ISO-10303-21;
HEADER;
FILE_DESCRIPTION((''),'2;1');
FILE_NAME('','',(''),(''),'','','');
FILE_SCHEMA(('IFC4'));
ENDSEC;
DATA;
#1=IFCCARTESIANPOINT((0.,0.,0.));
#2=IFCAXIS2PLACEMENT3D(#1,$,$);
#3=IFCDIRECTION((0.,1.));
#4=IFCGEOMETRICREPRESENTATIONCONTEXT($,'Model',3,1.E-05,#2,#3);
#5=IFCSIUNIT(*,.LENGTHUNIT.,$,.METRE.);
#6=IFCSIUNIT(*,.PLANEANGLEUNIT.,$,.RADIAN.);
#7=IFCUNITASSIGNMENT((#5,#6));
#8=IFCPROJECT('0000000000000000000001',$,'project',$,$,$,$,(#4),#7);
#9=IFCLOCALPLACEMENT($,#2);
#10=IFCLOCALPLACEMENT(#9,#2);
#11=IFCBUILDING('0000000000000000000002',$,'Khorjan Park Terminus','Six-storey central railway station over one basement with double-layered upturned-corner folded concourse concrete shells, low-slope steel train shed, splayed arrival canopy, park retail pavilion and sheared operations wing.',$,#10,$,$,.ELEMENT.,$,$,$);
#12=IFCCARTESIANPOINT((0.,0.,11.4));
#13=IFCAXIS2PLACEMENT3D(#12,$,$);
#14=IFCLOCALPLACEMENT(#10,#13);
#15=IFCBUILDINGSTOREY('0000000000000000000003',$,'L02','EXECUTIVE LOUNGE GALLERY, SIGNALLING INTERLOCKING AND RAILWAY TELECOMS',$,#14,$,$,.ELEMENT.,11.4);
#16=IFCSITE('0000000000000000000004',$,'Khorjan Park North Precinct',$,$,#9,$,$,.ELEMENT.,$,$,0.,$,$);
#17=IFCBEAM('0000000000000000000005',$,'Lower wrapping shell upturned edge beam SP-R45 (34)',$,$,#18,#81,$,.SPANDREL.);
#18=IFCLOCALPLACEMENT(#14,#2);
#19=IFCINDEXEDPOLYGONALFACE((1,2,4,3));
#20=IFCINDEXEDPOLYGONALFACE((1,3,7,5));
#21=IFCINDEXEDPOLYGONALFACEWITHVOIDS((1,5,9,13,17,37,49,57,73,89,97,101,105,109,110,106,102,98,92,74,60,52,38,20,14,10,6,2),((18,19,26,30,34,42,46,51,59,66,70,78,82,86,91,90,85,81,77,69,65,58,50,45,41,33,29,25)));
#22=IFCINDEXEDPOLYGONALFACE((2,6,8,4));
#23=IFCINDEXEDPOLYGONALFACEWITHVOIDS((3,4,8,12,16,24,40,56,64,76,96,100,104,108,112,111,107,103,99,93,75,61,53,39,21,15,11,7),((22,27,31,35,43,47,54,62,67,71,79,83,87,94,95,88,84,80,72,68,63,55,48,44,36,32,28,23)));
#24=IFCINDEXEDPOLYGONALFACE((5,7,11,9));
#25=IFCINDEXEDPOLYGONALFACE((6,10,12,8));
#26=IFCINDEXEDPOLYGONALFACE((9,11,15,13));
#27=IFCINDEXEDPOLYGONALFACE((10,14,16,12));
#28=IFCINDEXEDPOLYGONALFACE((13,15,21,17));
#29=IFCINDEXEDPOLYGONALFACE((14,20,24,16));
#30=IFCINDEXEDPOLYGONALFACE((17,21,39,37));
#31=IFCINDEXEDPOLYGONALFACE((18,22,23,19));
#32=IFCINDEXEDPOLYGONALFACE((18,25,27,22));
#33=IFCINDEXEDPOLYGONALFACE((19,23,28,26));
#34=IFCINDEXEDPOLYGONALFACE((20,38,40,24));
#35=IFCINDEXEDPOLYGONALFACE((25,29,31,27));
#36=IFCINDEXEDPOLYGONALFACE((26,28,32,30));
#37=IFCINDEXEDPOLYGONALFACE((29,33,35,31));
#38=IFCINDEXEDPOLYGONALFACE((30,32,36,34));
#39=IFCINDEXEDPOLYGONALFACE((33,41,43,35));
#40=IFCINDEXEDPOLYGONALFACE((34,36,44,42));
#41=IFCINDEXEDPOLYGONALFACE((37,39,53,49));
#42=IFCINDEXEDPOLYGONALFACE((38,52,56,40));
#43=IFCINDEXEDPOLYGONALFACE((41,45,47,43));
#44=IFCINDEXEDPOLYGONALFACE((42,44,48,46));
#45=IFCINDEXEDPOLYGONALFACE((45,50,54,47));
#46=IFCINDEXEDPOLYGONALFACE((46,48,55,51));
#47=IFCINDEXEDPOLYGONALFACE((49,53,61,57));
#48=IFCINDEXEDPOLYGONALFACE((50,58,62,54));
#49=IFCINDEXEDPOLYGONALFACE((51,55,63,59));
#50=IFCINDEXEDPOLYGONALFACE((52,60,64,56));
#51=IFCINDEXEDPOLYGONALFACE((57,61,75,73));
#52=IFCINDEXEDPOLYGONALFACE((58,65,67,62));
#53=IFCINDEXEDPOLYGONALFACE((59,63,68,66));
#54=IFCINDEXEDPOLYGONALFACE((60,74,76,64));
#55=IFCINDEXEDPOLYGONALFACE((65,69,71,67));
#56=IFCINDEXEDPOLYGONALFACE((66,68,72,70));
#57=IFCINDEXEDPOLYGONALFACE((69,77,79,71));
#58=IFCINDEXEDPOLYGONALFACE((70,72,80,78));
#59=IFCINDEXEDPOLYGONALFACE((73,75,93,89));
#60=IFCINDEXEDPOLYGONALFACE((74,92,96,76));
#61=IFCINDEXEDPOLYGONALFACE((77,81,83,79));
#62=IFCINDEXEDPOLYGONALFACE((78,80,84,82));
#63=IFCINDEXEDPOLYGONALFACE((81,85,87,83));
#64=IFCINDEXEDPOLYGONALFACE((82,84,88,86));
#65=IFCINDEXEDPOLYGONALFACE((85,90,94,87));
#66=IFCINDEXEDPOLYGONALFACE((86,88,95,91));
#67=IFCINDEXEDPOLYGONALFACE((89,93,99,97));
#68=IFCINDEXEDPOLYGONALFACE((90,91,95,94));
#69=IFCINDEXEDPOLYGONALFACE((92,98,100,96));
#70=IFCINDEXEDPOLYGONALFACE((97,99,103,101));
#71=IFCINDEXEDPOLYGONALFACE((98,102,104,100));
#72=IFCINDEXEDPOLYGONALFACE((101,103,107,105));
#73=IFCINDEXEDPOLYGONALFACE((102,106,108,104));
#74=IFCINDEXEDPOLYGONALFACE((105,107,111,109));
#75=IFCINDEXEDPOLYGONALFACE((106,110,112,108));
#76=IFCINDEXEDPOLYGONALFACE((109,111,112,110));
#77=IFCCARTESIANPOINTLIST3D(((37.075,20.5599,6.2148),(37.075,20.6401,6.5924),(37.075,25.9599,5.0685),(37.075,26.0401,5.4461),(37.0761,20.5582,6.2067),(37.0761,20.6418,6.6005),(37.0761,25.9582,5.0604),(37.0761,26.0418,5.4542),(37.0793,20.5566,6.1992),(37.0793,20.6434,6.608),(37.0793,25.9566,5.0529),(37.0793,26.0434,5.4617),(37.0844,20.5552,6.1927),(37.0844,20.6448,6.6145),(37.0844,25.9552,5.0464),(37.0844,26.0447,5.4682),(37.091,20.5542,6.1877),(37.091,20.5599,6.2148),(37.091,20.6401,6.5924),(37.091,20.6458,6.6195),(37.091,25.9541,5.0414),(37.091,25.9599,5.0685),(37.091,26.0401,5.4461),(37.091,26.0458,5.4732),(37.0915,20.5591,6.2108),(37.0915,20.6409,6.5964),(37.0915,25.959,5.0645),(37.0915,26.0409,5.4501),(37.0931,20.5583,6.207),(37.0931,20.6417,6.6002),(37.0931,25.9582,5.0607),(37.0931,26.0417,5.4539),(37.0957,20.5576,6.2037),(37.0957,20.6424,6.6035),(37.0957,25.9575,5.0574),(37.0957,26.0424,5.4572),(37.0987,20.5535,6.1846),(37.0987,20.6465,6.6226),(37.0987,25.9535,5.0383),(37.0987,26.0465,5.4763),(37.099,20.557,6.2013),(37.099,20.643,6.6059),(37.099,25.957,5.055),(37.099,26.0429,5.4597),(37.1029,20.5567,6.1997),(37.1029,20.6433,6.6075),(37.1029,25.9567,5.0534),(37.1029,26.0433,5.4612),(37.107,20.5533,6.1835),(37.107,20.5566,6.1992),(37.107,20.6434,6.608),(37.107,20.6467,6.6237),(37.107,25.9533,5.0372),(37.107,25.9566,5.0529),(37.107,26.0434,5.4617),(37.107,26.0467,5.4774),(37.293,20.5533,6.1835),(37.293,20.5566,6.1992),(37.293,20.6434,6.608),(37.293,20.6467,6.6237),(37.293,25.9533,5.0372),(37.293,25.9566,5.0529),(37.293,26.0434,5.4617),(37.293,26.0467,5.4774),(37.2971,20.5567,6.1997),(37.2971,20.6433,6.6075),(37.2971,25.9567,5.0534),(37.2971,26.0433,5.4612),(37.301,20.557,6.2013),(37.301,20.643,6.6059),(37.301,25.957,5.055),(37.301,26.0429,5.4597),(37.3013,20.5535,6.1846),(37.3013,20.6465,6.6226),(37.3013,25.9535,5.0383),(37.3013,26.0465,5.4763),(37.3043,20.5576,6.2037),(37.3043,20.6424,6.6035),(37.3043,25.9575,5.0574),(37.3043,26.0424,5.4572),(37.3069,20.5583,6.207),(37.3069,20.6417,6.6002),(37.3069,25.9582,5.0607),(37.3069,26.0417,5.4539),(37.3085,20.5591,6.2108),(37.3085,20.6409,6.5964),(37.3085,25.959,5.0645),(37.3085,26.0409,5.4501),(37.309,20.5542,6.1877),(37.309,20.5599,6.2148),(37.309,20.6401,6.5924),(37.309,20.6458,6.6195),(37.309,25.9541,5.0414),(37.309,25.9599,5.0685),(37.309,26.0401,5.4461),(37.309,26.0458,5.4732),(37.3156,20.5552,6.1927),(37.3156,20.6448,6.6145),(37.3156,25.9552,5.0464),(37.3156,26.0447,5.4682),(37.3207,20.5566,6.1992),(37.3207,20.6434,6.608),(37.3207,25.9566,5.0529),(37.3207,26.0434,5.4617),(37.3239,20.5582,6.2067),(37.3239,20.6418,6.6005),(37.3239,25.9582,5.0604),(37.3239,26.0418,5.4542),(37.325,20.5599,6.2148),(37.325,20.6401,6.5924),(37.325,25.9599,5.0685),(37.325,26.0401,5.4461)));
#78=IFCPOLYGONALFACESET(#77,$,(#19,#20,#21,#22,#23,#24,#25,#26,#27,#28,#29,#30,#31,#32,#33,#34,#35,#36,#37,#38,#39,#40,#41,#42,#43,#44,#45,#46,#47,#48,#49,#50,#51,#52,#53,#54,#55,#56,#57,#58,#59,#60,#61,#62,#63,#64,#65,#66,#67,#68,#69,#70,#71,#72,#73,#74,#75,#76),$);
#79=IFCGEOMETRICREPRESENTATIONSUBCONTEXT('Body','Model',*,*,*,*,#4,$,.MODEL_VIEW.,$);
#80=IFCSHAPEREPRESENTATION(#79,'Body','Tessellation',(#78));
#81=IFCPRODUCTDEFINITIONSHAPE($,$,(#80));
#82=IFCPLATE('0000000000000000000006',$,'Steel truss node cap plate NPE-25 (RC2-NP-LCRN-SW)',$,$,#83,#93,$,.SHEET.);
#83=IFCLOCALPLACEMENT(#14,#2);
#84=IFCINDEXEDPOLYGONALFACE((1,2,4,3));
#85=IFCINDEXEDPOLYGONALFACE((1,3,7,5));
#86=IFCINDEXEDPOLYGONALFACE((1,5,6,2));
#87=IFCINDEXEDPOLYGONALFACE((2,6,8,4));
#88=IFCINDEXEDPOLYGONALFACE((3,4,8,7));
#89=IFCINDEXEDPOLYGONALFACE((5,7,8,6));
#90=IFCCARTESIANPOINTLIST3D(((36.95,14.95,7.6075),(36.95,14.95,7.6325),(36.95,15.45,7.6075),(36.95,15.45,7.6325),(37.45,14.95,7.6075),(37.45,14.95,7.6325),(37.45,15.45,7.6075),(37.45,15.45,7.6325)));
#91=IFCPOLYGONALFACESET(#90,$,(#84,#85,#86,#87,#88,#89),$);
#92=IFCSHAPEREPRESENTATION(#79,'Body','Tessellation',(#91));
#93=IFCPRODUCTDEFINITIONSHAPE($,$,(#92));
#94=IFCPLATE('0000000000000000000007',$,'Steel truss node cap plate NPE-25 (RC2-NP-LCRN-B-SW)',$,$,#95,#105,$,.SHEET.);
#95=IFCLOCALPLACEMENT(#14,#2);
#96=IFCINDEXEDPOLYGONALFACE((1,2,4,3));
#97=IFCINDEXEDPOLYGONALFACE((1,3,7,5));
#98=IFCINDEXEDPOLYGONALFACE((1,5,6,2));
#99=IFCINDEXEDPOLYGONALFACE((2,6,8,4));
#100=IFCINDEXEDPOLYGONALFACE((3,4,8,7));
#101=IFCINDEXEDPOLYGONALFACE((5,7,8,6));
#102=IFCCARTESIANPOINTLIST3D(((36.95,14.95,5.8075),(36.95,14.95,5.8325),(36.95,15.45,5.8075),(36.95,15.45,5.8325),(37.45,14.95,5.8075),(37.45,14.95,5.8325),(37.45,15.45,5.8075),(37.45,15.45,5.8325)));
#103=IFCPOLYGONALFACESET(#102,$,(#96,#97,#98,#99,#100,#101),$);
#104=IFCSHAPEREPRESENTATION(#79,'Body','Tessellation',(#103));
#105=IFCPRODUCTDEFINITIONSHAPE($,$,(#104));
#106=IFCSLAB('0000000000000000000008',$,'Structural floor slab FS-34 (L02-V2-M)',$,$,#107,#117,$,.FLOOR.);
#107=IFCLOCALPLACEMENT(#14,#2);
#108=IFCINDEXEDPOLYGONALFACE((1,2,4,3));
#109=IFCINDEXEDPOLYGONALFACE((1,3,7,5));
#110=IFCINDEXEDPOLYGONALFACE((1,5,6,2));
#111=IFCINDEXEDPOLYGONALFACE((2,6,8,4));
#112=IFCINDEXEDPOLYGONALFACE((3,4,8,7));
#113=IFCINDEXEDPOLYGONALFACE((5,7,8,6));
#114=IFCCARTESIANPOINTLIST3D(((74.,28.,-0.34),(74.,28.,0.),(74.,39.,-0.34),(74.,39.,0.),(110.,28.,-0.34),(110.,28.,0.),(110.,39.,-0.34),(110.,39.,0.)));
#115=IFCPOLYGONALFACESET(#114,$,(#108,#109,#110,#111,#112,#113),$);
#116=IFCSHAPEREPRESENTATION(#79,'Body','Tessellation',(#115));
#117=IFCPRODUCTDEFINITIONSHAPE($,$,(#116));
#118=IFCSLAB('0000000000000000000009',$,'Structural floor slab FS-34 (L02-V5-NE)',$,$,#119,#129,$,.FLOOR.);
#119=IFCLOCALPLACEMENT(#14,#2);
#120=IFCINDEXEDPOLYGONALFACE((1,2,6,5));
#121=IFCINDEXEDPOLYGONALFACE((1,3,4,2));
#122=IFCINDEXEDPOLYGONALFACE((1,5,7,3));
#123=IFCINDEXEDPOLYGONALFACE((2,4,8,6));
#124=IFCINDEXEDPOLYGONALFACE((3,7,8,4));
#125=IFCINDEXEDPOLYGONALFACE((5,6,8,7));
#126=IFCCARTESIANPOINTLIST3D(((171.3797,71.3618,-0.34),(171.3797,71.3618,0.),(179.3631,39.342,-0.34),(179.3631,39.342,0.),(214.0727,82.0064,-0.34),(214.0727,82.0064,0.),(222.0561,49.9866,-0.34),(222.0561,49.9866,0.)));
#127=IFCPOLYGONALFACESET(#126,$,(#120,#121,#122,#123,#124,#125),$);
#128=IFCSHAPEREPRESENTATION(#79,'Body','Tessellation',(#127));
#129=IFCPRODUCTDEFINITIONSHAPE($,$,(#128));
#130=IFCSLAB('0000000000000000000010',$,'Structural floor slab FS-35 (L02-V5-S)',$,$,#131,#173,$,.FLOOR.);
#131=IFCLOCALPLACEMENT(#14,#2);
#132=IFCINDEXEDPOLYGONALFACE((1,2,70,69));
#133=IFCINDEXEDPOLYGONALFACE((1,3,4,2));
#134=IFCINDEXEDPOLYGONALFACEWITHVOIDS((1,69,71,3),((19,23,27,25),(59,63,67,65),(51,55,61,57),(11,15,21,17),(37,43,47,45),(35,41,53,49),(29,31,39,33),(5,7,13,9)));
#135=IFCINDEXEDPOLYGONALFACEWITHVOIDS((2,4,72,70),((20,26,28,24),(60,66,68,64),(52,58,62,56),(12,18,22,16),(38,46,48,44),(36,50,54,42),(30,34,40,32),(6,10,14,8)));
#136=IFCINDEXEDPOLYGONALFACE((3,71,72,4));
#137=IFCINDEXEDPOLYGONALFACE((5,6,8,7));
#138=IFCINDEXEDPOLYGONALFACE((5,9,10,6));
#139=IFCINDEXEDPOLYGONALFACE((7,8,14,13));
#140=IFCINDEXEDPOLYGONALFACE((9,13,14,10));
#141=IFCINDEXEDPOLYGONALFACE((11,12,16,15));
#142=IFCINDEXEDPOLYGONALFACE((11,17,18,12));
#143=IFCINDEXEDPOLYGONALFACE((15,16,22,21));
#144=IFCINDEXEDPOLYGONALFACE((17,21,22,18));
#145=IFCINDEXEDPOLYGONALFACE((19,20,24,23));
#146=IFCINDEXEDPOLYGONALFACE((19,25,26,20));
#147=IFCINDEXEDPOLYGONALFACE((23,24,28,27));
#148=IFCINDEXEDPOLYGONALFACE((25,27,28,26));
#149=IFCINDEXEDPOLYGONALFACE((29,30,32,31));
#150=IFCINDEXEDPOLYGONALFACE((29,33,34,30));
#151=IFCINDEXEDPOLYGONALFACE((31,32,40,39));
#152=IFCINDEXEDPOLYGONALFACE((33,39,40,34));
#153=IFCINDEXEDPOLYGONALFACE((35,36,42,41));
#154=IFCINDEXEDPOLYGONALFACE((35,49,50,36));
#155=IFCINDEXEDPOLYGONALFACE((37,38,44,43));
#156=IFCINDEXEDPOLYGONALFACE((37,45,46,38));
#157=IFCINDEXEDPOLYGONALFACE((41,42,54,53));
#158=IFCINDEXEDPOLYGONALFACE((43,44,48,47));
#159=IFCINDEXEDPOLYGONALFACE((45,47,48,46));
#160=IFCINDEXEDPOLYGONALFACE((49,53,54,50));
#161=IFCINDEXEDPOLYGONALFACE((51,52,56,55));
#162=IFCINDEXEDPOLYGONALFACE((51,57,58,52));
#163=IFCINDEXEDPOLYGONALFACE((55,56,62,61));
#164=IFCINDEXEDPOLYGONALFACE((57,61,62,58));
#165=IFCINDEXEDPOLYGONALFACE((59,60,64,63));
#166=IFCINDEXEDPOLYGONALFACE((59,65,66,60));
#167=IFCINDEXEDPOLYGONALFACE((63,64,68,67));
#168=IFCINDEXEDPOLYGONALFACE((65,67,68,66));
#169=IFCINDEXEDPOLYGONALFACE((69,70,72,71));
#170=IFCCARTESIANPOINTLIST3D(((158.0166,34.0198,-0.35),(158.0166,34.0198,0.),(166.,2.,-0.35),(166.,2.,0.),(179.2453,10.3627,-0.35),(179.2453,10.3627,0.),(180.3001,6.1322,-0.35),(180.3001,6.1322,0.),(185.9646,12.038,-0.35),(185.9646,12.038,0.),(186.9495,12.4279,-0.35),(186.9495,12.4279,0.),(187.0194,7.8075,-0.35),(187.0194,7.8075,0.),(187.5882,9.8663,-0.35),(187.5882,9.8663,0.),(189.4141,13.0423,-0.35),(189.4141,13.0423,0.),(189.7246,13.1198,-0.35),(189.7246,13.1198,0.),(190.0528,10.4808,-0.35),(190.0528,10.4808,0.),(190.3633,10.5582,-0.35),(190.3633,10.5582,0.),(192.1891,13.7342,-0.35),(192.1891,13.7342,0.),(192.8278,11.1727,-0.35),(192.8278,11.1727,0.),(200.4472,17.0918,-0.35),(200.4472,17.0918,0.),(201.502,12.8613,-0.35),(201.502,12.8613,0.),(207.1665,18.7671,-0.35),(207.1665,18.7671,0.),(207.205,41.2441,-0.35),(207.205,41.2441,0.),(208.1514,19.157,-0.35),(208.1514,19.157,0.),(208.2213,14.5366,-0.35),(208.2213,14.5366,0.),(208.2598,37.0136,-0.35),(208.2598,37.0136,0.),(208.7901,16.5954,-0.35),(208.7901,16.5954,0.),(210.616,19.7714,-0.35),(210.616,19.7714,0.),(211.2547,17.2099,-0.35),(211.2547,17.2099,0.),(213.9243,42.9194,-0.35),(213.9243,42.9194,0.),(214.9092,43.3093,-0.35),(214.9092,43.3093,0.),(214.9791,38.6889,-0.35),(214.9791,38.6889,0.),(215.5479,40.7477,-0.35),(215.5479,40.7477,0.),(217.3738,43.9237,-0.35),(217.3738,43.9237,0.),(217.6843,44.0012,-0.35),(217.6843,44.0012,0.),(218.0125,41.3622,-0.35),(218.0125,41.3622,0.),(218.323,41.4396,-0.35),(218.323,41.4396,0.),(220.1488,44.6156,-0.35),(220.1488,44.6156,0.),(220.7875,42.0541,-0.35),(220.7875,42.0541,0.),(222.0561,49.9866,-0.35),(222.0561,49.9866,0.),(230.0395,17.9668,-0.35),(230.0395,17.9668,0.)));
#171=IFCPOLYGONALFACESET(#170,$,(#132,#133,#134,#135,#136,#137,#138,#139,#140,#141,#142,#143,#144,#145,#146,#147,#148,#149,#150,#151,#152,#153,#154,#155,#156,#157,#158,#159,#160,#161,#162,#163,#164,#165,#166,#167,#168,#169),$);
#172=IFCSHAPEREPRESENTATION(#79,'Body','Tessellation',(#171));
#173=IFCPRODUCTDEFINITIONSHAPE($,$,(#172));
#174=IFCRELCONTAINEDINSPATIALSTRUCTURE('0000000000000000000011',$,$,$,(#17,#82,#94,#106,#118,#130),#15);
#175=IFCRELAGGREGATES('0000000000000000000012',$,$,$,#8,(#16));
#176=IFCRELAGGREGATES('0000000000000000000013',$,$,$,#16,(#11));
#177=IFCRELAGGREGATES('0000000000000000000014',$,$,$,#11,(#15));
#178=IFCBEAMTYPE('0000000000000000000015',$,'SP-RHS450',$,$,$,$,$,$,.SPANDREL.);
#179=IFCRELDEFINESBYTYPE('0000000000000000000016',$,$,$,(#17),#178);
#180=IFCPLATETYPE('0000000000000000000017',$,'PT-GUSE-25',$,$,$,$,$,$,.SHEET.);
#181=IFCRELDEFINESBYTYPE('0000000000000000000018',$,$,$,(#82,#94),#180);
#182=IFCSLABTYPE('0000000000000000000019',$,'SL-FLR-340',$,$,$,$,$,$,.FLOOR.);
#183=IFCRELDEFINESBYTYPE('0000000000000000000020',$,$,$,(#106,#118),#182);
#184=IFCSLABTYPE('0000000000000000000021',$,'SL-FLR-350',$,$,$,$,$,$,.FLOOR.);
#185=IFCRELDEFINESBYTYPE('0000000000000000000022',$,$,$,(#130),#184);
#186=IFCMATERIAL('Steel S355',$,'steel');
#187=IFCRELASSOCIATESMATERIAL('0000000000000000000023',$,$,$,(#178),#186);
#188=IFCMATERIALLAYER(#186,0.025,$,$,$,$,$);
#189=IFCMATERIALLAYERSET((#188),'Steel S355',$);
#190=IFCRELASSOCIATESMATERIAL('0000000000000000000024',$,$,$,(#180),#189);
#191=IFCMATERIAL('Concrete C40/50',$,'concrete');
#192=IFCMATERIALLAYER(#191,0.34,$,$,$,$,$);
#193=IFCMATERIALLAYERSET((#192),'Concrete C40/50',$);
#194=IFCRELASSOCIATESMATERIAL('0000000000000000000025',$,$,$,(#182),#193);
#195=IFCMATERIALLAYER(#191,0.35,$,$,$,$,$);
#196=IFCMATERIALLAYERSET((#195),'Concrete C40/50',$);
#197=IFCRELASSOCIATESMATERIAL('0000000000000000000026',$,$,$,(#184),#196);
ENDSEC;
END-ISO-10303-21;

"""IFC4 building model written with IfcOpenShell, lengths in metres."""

from ifc_helpers import new_model, si_unit, direction, frame, origin, origin_2d, place, context, subcontext, project, spatial, polyline, rectangle, hollow_rectangle, outline, extrude, material, layer, layer_set, material_profile, profile_set, type_object, element, save


model = new_model("IFC4")

# Units and contexts
model_context = context("Model", 3, precision=1e-05, world=origin(), true_north=direction((0.0, 1.0)))
body_context = subcontext(model_context, "Body", "Model", "MODEL_VIEW")
ifc_project = project(units=[si_unit("LENGTHUNIT", "METRE"), si_unit("PLANEANGLEUNIT", "RADIAN")], contexts=[model_context])

# Site, building, storey
site_placement = place(None, origin())
site = spatial("IfcSite", under=ifc_project, at=site_placement, Name="Khorjan Park North Precinct", CompositionType="ELEMENT", RefElevation=0.0)
building_placement = place(site_placement, origin())
building = spatial("IfcBuilding", under=site, at=building_placement, Name="Khorjan Park Terminus", Description="Six-storey central railway station over one basement with double-layered upturned-corner folded concourse concrete shells, low-slope steel train shed, splayed arrival canopy, park retail pavilion and sheared operations wing.", CompositionType="ELEMENT")
storey_placement = place(building_placement, frame((0.0, 0.0, 11.4)))
storey = spatial("IfcBuildingStorey", under=building, at=storey_placement, Name="L02", Description="EXECUTIVE LOUNGE GALLERY, SIGNALLING INTERLOCKING AND RAILWAY TELECOMS", CompositionType="ELEMENT", Elevation=11.4)

# Shared definitions
ifc_material_1 = material(Name="Steel S355", Category="steel")

# Beam
ifc_material_profile_1 = material_profile(ifc_material_1, hollow_rectangle(XDim=0.25, YDim=0.45, WallThickness=0.016, InnerFilletRadius=0.016, OuterFilletRadius=0.032, at=origin_2d()), Name="RHS 450x250x16")
ifc_profile_set_1 = profile_set([ifc_material_profile_1], Name="Steel S355")
beam_type_1 = type_object("IfcBeamType", Name="SP-RHS450", PredefinedType="SPANDREL", material=ifc_profile_set_1)
for number, where, z_axis, x_axis, name in (
    (1, (37.2, 20.6, 6.4036), (0.0, 0.978203, -0.207651), (-1.0, 0.0, 0.0), "Lower wrapping shell upturned edge beam SP-R45 (34)"),
):
    element("IfcBeam", number, at=place(storey_placement, frame(where, z_axis=z_axis, x_axis=x_axis)), inside=storey, type_object=beam_type_1, Name=name, PredefinedType="SPANDREL", context=body_context, shape_type="SweptSolid", body=[
        extrude(hollow_rectangle(XDim=0.25, YDim=0.45, WallThickness=0.016, InnerFilletRadius=0.016, OuterFilletRadius=0.032, at=origin_2d()), origin(), (0.0, 0.0, 1.0), 5.5203),
    ])

# Plates
ifc_layer_1 = layer(ifc_material_1, 0.025)
ifc_layer_set_1 = layer_set([ifc_layer_1], Name="Steel S355")
plate_type = type_object("IfcPlateType", Name="PT-GUSE-25", PredefinedType="SHEET", material=ifc_layer_set_1)
for number, where, z_axis, x_axis, name in (
    (2, (37.2, 15.2, 7.6075), (0.0, 0.0, 1.0), (1.0, 0.0, 0.0), "Steel truss node cap plate NPE-25 (RC2-NP-LCRN-SW)"),
    (3, (37.2, 15.2, 5.8075), (0.0, 0.0, 1.0), (1.0, 0.0, 0.0), "Steel truss node cap plate NPE-25 (RC2-NP-LCRN-B-SW)"),
):
    element("IfcPlate", number, at=place(storey_placement, frame(where, z_axis=z_axis, x_axis=x_axis)), inside=storey, type_object=plate_type, Name=name, PredefinedType="SHEET", context=body_context, shape_type="SweptSolid", body=[
        extrude(rectangle(XDim=0.5, YDim=0.5, at=origin_2d()), origin(), (0.0, 0.0, 1.0), 0.025),
    ])

# Slabs
ifc_material_2 = material(Name="Concrete C40/50", Category="concrete")
ifc_layer_2 = layer(ifc_material_2, 0.34)
ifc_layer_set_2 = layer_set([ifc_layer_2], Name="Concrete C40/50")
slab_type_1 = type_object("IfcSlabType", Name="SL-FLR-340", PredefinedType="FLOOR", material=ifc_layer_set_2)
slab_1_placement = place(storey_placement, frame((0.0, 0.0, -0.34)))
element("IfcSlab", 4, at=slab_1_placement, inside=storey, type_object=slab_type_1, Name="Structural floor slab FS-34 (L02-V2-M)", PredefinedType="FLOOR", context=body_context, shape_type="SweptSolid", body=[
    extrude(outline(polyline([(74.0, 39.0), (110.0, 39.0), (110.0, 28.0), (74.0, 28.0), (74.0, 39.0)])), origin(), (0.0, 0.0, 1.0), 0.34),
])
slab_2_placement = place(storey_placement, frame((0.0, 0.0, -0.34)))
element("IfcSlab", 5, at=slab_2_placement, inside=storey, type_object=slab_type_1, Name="Structural floor slab FS-34 (L02-V5-NE)", PredefinedType="FLOOR", context=body_context, shape_type="SweptSolid", body=[
    extrude(outline(polyline([(171.3797, 71.3618), (214.0727, 82.0064), (222.0561, 49.9866), (179.3631, 39.342), (171.3797, 71.3618)])), origin(), (0.0, 0.0, 1.0), 0.34),
])
ifc_layer_3 = layer(ifc_material_2, 0.35)
ifc_layer_set_3 = layer_set([ifc_layer_3], Name="Concrete C40/50")
slab_type_2 = type_object("IfcSlabType", Name="SL-FLR-350", PredefinedType="FLOOR", material=ifc_layer_set_3)
slab_3_placement = place(storey_placement, frame((0.0, 0.0, -0.35)))
element("IfcSlab", 6, at=slab_3_placement, inside=storey, type_object=slab_type_2, Name="Structural floor slab FS-35 (L02-V5-S)", PredefinedType="FLOOR", context=body_context, shape_type="SweptSolid", body=[
    extrude(outline(polyline([(158.0166, 34.0198), (222.0561, 49.9866), (230.0395, 17.9668), (166.0, 2.0), (158.0166, 34.0198)]), holes=[polyline([(185.9646, 12.038), (179.2453, 10.3627), (180.3001, 6.1322), (187.0194, 7.8075), (185.9646, 12.038)]), polyline([(190.0528, 10.4808), (189.4141, 13.0423), (186.9495, 12.4279), (187.5882, 9.8663), (190.0528, 10.4808)]), polyline([(192.8278, 11.1727), (192.1891, 13.7342), (189.7246, 13.1198), (190.3633, 10.5582), (192.8278, 11.1727)]), polyline([(208.2213, 14.5366), (207.1665, 18.7671), (200.4472, 17.0918), (201.502, 12.8613), (208.2213, 14.5366)]), polyline([(211.2547, 17.2099), (210.616, 19.7714), (208.1514, 19.157), (208.7901, 16.5954), (211.2547, 17.2099)]), polyline([(214.9791, 38.6889), (213.9243, 42.9194), (207.205, 41.2441), (208.2598, 37.0136), (214.9791, 38.6889)]), polyline([(218.0125, 41.3622), (217.3738, 43.9237), (214.9092, 43.3093), (215.5479, 40.7477), (218.0125, 41.3622)]), polyline([(220.7875, 42.0541), (220.1488, 44.6156), (217.6843, 44.0012), (218.323, 41.4396), (220.7875, 42.0541)])]), origin(), (0.0, 0.0, 1.0), 0.35),
])

save(model, "model.ifc")
